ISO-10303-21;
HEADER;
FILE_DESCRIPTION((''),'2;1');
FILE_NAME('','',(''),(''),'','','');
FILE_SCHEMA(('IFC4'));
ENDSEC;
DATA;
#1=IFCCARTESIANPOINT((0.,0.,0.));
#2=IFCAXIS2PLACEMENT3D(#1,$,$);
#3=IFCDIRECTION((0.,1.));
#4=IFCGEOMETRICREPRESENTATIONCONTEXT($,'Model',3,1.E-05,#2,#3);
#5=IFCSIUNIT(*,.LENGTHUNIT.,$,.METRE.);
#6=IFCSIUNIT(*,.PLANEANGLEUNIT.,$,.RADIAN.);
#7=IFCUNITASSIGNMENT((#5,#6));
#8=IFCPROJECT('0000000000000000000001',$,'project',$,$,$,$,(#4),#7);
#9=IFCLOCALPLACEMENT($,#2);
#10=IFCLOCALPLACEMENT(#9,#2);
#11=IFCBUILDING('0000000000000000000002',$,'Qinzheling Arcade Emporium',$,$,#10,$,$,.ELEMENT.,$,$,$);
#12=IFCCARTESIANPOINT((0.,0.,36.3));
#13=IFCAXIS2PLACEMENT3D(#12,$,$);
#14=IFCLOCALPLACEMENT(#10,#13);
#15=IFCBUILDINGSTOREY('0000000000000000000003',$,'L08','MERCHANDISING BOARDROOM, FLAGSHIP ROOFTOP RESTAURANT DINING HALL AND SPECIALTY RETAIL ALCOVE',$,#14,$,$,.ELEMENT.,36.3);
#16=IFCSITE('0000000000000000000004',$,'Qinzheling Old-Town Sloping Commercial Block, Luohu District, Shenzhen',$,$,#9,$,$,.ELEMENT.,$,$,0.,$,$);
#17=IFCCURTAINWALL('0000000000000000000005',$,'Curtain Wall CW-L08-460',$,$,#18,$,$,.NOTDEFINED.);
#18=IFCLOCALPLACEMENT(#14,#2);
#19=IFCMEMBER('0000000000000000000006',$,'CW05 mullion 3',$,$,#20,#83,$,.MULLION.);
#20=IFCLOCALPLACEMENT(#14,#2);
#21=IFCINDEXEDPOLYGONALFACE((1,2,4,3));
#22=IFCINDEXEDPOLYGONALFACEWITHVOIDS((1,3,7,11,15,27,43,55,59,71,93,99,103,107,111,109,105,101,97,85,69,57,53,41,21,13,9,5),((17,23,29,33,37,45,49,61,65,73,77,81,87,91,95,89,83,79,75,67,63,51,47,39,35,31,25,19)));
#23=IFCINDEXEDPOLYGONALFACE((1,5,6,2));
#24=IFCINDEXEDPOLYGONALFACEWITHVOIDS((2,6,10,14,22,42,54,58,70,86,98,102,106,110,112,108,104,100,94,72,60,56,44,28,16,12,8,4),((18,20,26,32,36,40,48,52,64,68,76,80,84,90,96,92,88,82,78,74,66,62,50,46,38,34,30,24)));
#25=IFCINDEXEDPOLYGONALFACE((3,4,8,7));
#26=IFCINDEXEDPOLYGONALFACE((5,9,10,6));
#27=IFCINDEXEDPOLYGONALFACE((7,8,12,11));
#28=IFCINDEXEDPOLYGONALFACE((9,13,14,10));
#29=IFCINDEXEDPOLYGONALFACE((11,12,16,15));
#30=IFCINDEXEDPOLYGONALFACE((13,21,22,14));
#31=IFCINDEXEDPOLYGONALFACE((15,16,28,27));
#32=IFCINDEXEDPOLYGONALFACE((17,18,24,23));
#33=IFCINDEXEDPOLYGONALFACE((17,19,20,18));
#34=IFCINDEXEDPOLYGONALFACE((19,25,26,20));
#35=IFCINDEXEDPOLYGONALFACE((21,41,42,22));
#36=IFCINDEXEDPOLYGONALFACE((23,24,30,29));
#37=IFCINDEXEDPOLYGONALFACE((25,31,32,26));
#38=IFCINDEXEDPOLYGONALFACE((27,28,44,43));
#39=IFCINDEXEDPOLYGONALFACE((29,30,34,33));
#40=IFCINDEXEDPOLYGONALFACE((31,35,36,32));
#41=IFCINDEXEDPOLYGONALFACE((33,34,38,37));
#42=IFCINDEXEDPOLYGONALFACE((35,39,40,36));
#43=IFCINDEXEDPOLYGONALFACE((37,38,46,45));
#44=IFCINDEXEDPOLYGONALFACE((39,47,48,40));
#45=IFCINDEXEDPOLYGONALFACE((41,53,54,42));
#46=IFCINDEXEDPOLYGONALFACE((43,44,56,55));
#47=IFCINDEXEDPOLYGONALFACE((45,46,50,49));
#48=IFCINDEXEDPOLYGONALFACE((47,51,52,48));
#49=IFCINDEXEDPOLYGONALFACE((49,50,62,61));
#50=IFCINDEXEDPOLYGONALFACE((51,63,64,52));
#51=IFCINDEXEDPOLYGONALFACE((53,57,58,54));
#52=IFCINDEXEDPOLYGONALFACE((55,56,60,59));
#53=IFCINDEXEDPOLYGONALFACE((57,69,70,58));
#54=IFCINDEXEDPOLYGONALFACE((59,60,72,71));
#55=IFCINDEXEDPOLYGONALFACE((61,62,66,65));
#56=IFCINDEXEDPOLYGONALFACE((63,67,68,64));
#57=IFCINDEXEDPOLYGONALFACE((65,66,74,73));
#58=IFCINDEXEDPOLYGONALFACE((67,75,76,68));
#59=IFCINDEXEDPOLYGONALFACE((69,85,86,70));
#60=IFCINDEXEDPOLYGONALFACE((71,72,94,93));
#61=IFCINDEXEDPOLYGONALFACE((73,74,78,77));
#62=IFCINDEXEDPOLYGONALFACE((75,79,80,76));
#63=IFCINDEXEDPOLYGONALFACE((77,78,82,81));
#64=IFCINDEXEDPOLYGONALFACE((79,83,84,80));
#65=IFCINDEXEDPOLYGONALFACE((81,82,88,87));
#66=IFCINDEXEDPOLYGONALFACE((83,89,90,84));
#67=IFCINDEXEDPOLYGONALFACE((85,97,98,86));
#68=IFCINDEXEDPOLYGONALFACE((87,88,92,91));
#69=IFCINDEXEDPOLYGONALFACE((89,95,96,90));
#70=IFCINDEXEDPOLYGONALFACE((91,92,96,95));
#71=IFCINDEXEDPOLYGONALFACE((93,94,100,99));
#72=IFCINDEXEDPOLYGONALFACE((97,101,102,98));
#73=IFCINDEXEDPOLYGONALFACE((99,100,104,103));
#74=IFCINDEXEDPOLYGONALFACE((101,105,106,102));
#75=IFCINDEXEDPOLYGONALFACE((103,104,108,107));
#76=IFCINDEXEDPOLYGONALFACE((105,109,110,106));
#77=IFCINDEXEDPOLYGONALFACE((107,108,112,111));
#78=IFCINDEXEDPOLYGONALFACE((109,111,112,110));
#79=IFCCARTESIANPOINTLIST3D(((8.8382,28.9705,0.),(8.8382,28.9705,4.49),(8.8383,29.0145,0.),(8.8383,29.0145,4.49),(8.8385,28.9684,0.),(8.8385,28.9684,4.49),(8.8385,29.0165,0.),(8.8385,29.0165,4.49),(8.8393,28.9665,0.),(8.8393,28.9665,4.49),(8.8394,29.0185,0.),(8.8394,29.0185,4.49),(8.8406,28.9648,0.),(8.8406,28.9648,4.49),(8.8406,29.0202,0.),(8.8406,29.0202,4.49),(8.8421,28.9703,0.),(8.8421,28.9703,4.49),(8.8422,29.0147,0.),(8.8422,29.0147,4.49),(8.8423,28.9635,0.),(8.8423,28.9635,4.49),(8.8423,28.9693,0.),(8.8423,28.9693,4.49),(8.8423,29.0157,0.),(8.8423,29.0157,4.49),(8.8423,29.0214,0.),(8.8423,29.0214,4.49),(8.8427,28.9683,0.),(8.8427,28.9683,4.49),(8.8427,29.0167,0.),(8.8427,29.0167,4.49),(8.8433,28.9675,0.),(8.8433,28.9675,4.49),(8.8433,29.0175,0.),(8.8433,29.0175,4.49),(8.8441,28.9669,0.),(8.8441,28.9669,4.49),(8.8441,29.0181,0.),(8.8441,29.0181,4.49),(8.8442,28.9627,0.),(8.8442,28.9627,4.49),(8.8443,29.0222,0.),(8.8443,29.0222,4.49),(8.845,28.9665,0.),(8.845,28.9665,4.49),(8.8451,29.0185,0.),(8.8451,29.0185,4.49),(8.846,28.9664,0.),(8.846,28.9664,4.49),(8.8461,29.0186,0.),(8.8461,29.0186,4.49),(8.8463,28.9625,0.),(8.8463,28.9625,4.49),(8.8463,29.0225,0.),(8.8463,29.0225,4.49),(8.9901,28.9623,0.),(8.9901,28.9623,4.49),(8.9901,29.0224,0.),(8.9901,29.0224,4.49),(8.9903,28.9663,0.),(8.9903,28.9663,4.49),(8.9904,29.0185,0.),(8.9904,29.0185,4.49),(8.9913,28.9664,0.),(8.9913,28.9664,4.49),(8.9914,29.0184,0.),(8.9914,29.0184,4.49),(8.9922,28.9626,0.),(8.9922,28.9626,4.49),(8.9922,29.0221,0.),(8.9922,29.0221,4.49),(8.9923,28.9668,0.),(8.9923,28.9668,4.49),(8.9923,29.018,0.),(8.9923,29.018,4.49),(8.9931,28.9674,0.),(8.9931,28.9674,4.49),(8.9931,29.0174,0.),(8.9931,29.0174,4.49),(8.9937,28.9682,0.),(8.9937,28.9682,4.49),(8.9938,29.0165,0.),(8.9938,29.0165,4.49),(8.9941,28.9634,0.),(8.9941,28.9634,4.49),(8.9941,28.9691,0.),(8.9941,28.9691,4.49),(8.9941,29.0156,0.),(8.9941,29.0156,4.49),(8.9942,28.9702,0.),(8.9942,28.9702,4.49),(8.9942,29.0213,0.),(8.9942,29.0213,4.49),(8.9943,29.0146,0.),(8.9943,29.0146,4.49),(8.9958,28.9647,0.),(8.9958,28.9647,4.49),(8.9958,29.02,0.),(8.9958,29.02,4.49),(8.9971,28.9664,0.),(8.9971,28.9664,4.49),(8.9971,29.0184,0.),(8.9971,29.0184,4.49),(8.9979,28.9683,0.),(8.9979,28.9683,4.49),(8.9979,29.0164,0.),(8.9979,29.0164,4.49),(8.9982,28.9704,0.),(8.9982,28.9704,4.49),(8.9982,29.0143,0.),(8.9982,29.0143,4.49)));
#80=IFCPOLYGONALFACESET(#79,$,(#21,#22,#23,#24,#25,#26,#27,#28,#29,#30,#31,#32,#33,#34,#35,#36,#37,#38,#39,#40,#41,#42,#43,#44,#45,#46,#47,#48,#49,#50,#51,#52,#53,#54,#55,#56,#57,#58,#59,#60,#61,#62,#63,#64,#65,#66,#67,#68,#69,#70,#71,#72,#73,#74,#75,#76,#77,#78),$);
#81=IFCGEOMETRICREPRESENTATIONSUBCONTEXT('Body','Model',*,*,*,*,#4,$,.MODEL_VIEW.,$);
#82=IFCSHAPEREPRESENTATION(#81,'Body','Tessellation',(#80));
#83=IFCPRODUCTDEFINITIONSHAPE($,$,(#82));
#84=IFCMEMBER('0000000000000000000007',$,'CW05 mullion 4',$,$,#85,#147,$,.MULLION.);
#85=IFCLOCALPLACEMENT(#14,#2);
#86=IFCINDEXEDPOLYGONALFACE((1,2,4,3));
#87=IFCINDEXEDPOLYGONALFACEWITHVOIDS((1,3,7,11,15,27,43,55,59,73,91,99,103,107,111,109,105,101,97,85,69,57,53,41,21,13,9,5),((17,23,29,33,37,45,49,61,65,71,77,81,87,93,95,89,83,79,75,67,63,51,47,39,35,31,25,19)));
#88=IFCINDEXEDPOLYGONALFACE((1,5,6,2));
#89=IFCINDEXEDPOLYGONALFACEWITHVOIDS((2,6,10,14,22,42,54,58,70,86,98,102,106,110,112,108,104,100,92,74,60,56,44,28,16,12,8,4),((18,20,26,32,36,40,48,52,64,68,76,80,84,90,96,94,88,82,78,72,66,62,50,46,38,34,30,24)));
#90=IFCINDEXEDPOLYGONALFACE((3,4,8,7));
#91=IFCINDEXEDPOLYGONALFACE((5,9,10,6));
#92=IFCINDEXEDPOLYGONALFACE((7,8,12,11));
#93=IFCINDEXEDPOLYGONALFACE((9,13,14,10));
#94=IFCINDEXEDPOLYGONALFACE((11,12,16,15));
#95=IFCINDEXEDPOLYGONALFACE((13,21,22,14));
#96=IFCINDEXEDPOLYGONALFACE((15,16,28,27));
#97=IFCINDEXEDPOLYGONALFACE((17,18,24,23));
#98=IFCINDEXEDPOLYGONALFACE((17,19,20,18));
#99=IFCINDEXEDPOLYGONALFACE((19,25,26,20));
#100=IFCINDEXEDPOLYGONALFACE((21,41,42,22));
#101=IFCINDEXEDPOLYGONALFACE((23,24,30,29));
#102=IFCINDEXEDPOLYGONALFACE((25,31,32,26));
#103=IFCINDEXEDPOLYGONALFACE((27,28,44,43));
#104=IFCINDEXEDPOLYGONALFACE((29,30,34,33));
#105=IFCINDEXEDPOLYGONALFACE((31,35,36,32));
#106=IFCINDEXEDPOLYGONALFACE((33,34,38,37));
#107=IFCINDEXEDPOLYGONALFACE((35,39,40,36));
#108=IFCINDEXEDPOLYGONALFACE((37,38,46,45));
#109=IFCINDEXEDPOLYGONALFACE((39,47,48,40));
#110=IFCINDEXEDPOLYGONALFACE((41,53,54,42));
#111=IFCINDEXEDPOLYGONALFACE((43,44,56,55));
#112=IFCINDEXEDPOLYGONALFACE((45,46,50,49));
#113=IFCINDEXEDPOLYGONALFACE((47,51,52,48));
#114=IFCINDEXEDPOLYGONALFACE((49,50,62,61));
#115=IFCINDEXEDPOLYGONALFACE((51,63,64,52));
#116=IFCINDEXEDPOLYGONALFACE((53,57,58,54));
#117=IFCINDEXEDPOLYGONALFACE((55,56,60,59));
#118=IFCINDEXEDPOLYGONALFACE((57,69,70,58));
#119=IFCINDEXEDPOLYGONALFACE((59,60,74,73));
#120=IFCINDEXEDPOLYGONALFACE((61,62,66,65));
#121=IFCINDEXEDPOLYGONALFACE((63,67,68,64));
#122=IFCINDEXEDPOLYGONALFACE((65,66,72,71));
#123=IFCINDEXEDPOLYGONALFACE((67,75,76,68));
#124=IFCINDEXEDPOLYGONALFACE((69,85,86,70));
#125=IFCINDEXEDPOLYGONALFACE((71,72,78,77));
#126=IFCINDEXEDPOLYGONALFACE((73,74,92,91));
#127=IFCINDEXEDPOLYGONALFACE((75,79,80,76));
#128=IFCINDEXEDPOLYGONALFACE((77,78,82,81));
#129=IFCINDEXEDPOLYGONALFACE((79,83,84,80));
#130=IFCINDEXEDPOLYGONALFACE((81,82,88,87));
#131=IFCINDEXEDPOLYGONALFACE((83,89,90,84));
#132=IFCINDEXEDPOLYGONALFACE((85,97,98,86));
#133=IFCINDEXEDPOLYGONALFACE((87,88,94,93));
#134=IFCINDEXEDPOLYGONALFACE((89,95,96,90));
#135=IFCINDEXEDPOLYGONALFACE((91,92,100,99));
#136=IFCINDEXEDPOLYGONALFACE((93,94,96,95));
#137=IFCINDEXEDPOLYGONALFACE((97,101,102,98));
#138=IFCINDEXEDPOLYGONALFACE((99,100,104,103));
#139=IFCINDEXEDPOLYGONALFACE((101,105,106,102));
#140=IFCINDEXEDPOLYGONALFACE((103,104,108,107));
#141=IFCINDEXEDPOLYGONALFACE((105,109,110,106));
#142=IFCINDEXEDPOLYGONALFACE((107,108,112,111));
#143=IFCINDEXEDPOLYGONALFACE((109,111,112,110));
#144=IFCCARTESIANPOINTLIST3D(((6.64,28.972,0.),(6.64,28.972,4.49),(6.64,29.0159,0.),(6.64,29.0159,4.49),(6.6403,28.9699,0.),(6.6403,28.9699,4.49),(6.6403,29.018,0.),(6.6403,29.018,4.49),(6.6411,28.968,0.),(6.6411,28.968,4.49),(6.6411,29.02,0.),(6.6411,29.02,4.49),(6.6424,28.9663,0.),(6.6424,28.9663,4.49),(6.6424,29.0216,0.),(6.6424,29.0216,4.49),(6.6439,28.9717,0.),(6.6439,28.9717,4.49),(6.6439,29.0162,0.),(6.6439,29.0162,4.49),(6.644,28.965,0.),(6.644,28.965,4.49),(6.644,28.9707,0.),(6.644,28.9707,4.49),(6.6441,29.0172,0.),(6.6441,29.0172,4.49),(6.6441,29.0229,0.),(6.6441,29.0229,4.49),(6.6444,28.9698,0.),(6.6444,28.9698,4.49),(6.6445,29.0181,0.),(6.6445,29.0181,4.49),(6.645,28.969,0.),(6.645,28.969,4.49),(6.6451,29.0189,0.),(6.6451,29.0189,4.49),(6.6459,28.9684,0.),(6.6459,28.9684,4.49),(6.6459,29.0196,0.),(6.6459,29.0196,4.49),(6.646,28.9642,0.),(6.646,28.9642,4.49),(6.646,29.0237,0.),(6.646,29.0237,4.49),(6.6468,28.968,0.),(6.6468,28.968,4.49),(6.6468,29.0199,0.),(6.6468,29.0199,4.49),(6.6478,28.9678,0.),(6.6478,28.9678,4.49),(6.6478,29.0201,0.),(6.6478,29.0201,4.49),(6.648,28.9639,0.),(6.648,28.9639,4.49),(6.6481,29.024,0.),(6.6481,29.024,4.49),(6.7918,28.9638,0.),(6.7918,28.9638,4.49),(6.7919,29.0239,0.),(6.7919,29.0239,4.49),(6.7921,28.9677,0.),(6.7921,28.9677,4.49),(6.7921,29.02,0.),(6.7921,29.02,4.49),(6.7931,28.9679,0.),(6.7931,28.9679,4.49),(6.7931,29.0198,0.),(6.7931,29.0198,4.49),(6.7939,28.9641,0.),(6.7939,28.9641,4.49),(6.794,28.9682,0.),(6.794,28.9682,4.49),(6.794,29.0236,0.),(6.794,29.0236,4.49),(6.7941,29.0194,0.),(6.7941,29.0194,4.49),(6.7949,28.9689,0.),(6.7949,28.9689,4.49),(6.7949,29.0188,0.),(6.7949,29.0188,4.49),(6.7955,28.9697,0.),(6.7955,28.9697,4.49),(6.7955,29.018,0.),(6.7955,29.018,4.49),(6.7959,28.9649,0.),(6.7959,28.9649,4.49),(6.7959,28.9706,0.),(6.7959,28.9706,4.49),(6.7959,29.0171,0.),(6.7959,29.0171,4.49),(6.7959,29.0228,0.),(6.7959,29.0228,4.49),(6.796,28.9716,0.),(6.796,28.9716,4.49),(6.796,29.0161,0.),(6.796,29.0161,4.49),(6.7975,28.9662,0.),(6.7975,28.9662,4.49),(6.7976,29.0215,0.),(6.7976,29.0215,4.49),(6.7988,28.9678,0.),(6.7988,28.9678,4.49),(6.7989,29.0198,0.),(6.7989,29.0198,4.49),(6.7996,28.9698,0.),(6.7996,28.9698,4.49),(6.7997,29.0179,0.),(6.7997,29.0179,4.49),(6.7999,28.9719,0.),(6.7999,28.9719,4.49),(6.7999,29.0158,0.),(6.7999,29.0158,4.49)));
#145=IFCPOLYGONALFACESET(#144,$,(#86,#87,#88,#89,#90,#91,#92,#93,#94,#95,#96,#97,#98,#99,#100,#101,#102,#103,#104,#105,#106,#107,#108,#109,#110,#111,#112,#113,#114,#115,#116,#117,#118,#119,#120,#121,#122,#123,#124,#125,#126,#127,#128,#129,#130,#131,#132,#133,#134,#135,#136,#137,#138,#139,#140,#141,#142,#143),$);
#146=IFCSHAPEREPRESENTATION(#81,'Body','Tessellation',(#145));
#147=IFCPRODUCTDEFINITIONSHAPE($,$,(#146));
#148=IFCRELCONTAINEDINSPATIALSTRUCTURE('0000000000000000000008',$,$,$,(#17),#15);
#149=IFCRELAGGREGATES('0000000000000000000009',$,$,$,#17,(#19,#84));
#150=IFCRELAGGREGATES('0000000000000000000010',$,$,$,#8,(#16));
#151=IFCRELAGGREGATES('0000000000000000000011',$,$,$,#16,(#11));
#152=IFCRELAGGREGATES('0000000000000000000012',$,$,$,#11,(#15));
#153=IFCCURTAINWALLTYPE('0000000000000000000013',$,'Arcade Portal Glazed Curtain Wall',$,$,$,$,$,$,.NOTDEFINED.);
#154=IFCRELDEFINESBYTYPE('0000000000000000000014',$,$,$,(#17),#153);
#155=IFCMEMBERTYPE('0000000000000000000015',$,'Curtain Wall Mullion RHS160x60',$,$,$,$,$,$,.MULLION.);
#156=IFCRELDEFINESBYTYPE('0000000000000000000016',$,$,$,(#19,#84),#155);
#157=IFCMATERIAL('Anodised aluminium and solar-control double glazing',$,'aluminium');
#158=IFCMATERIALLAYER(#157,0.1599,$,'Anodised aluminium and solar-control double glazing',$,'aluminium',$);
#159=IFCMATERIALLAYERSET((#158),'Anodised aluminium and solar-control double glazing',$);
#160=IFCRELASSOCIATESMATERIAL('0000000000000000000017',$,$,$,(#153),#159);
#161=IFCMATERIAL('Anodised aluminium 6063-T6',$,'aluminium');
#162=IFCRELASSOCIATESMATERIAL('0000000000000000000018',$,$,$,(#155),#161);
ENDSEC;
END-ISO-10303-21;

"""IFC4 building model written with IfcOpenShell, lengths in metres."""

from ifc_helpers import new_model, si_unit, direction, frame, origin, origin_2d, place, context, subcontext, project, spatial, hollow_rectangle, extrude, material, layer, layer_set, material_profile, profile_set, type_object, element, aggregate, save


model = new_model("IFC4")

# Units and contexts
model_context = context("Model", 3, precision=1e-05, world=origin(), true_north=direction((0.0, 1.0)))
body_context = subcontext(model_context, "Body", "Model", "MODEL_VIEW")
ifc_project = project(units=[si_unit("LENGTHUNIT", "METRE"), si_unit("PLANEANGLEUNIT", "RADIAN")], contexts=[model_context])

# Site, building, storey
site_placement = place(None, origin())
site = spatial("IfcSite", under=ifc_project, at=site_placement, Name="Qinzheling Old-Town Sloping Commercial Block, Luohu District, Shenzhen", CompositionType="ELEMENT", RefElevation=0.0)
building_placement = place(site_placement, origin())
building = spatial("IfcBuilding", under=site, at=building_placement, Name="Qinzheling Arcade Emporium", CompositionType="ELEMENT")
storey_placement = place(building_placement, frame((0.0, 0.0, 36.3)))
storey = spatial("IfcBuildingStorey", under=building, at=storey_placement, Name="L08", Description="MERCHANDISING BOARDROOM, FLAGSHIP ROOFTOP RESTAURANT DINING HALL AND SPECIALTY RETAIL ALCOVE", CompositionType="ELEMENT", Elevation=36.3)

# Curtain wall, members
ifc_material_1 = material(Name="Anodised aluminium and solar-control double glazing", Category="aluminium")
ifc_layer_1 = layer(ifc_material_1, 0.1599, Name="Anodised aluminium and solar-control double glazing", Category="aluminium")
ifc_layer_set_1 = layer_set([ifc_layer_1], Name="Anodised aluminium and solar-control double glazing")
curtain_wall_type = type_object("IfcCurtainWallType", Name="Arcade Portal Glazed Curtain Wall", PredefinedType="NOTDEFINED", material=ifc_layer_set_1)
curtain_wall_1_placement = place(storey_placement, origin())
curtain_wall_1 = element("IfcCurtainWall", 1, at=curtain_wall_1_placement, inside=storey, type_object=curtain_wall_type, Name="Curtain Wall CW-L08-460", PredefinedType="NOTDEFINED")
ifc_material_2 = material(Name="Anodised aluminium 6063-T6", Category="aluminium")
ifc_material_profile_1 = material_profile(ifc_material_2, hollow_rectangle(XDim=0.0601, YDim=0.1599, WallThickness=0.0039, InnerFilletRadius=0.0039, OuterFilletRadius=0.0081, at=origin_2d()), Name="RHS 160x60x4", Category="aluminium")
ifc_profile_set_1 = profile_set([ifc_material_profile_1], Name="Anodised aluminium 6063-T6")
member_type_1 = type_object("IfcMemberType", Name="Curtain Wall Mullion RHS160x60", PredefinedType="MULLION", material=ifc_profile_set_1)
member_1_placement = place(storey_placement, frame((8.9182, 28.9924, 0.0), z_axis=(0.0, 0.0, 1.0), x_axis=(-0.000748, -1.0, 0.0)))
member_1 = element("IfcMember", 2, at=member_1_placement, type_object=member_type_1, Name="CW05 mullion 3", PredefinedType="MULLION", context=body_context, shape_type="SweptSolid", body=[
    extrude(hollow_rectangle(XDim=0.0601, YDim=0.1599, WallThickness=0.0039, InnerFilletRadius=0.0039, OuterFilletRadius=0.0081, at=origin_2d()), origin(), (0.0, 0.0, 1.0), 4.49),
])
member_2_placement = place(storey_placement, frame((6.72, 28.9939, 0.0), z_axis=(0.0, 0.0, 1.0), x_axis=(-0.000748, -1.0, 0.0)))
member_2 = element("IfcMember", 3, at=member_2_placement, type_object=member_type_1, Name="CW05 mullion 4", PredefinedType="MULLION", context=body_context, shape_type="SweptSolid", body=[
    extrude(hollow_rectangle(XDim=0.0601, YDim=0.1599, WallThickness=0.0039, InnerFilletRadius=0.0039, OuterFilletRadius=0.0081, at=origin_2d()), origin(), (0.0, 0.0, 1.0), 4.49),
])

aggregate(curtain_wall_1, [member_1, member_2])

save(model, "model.ifc")
